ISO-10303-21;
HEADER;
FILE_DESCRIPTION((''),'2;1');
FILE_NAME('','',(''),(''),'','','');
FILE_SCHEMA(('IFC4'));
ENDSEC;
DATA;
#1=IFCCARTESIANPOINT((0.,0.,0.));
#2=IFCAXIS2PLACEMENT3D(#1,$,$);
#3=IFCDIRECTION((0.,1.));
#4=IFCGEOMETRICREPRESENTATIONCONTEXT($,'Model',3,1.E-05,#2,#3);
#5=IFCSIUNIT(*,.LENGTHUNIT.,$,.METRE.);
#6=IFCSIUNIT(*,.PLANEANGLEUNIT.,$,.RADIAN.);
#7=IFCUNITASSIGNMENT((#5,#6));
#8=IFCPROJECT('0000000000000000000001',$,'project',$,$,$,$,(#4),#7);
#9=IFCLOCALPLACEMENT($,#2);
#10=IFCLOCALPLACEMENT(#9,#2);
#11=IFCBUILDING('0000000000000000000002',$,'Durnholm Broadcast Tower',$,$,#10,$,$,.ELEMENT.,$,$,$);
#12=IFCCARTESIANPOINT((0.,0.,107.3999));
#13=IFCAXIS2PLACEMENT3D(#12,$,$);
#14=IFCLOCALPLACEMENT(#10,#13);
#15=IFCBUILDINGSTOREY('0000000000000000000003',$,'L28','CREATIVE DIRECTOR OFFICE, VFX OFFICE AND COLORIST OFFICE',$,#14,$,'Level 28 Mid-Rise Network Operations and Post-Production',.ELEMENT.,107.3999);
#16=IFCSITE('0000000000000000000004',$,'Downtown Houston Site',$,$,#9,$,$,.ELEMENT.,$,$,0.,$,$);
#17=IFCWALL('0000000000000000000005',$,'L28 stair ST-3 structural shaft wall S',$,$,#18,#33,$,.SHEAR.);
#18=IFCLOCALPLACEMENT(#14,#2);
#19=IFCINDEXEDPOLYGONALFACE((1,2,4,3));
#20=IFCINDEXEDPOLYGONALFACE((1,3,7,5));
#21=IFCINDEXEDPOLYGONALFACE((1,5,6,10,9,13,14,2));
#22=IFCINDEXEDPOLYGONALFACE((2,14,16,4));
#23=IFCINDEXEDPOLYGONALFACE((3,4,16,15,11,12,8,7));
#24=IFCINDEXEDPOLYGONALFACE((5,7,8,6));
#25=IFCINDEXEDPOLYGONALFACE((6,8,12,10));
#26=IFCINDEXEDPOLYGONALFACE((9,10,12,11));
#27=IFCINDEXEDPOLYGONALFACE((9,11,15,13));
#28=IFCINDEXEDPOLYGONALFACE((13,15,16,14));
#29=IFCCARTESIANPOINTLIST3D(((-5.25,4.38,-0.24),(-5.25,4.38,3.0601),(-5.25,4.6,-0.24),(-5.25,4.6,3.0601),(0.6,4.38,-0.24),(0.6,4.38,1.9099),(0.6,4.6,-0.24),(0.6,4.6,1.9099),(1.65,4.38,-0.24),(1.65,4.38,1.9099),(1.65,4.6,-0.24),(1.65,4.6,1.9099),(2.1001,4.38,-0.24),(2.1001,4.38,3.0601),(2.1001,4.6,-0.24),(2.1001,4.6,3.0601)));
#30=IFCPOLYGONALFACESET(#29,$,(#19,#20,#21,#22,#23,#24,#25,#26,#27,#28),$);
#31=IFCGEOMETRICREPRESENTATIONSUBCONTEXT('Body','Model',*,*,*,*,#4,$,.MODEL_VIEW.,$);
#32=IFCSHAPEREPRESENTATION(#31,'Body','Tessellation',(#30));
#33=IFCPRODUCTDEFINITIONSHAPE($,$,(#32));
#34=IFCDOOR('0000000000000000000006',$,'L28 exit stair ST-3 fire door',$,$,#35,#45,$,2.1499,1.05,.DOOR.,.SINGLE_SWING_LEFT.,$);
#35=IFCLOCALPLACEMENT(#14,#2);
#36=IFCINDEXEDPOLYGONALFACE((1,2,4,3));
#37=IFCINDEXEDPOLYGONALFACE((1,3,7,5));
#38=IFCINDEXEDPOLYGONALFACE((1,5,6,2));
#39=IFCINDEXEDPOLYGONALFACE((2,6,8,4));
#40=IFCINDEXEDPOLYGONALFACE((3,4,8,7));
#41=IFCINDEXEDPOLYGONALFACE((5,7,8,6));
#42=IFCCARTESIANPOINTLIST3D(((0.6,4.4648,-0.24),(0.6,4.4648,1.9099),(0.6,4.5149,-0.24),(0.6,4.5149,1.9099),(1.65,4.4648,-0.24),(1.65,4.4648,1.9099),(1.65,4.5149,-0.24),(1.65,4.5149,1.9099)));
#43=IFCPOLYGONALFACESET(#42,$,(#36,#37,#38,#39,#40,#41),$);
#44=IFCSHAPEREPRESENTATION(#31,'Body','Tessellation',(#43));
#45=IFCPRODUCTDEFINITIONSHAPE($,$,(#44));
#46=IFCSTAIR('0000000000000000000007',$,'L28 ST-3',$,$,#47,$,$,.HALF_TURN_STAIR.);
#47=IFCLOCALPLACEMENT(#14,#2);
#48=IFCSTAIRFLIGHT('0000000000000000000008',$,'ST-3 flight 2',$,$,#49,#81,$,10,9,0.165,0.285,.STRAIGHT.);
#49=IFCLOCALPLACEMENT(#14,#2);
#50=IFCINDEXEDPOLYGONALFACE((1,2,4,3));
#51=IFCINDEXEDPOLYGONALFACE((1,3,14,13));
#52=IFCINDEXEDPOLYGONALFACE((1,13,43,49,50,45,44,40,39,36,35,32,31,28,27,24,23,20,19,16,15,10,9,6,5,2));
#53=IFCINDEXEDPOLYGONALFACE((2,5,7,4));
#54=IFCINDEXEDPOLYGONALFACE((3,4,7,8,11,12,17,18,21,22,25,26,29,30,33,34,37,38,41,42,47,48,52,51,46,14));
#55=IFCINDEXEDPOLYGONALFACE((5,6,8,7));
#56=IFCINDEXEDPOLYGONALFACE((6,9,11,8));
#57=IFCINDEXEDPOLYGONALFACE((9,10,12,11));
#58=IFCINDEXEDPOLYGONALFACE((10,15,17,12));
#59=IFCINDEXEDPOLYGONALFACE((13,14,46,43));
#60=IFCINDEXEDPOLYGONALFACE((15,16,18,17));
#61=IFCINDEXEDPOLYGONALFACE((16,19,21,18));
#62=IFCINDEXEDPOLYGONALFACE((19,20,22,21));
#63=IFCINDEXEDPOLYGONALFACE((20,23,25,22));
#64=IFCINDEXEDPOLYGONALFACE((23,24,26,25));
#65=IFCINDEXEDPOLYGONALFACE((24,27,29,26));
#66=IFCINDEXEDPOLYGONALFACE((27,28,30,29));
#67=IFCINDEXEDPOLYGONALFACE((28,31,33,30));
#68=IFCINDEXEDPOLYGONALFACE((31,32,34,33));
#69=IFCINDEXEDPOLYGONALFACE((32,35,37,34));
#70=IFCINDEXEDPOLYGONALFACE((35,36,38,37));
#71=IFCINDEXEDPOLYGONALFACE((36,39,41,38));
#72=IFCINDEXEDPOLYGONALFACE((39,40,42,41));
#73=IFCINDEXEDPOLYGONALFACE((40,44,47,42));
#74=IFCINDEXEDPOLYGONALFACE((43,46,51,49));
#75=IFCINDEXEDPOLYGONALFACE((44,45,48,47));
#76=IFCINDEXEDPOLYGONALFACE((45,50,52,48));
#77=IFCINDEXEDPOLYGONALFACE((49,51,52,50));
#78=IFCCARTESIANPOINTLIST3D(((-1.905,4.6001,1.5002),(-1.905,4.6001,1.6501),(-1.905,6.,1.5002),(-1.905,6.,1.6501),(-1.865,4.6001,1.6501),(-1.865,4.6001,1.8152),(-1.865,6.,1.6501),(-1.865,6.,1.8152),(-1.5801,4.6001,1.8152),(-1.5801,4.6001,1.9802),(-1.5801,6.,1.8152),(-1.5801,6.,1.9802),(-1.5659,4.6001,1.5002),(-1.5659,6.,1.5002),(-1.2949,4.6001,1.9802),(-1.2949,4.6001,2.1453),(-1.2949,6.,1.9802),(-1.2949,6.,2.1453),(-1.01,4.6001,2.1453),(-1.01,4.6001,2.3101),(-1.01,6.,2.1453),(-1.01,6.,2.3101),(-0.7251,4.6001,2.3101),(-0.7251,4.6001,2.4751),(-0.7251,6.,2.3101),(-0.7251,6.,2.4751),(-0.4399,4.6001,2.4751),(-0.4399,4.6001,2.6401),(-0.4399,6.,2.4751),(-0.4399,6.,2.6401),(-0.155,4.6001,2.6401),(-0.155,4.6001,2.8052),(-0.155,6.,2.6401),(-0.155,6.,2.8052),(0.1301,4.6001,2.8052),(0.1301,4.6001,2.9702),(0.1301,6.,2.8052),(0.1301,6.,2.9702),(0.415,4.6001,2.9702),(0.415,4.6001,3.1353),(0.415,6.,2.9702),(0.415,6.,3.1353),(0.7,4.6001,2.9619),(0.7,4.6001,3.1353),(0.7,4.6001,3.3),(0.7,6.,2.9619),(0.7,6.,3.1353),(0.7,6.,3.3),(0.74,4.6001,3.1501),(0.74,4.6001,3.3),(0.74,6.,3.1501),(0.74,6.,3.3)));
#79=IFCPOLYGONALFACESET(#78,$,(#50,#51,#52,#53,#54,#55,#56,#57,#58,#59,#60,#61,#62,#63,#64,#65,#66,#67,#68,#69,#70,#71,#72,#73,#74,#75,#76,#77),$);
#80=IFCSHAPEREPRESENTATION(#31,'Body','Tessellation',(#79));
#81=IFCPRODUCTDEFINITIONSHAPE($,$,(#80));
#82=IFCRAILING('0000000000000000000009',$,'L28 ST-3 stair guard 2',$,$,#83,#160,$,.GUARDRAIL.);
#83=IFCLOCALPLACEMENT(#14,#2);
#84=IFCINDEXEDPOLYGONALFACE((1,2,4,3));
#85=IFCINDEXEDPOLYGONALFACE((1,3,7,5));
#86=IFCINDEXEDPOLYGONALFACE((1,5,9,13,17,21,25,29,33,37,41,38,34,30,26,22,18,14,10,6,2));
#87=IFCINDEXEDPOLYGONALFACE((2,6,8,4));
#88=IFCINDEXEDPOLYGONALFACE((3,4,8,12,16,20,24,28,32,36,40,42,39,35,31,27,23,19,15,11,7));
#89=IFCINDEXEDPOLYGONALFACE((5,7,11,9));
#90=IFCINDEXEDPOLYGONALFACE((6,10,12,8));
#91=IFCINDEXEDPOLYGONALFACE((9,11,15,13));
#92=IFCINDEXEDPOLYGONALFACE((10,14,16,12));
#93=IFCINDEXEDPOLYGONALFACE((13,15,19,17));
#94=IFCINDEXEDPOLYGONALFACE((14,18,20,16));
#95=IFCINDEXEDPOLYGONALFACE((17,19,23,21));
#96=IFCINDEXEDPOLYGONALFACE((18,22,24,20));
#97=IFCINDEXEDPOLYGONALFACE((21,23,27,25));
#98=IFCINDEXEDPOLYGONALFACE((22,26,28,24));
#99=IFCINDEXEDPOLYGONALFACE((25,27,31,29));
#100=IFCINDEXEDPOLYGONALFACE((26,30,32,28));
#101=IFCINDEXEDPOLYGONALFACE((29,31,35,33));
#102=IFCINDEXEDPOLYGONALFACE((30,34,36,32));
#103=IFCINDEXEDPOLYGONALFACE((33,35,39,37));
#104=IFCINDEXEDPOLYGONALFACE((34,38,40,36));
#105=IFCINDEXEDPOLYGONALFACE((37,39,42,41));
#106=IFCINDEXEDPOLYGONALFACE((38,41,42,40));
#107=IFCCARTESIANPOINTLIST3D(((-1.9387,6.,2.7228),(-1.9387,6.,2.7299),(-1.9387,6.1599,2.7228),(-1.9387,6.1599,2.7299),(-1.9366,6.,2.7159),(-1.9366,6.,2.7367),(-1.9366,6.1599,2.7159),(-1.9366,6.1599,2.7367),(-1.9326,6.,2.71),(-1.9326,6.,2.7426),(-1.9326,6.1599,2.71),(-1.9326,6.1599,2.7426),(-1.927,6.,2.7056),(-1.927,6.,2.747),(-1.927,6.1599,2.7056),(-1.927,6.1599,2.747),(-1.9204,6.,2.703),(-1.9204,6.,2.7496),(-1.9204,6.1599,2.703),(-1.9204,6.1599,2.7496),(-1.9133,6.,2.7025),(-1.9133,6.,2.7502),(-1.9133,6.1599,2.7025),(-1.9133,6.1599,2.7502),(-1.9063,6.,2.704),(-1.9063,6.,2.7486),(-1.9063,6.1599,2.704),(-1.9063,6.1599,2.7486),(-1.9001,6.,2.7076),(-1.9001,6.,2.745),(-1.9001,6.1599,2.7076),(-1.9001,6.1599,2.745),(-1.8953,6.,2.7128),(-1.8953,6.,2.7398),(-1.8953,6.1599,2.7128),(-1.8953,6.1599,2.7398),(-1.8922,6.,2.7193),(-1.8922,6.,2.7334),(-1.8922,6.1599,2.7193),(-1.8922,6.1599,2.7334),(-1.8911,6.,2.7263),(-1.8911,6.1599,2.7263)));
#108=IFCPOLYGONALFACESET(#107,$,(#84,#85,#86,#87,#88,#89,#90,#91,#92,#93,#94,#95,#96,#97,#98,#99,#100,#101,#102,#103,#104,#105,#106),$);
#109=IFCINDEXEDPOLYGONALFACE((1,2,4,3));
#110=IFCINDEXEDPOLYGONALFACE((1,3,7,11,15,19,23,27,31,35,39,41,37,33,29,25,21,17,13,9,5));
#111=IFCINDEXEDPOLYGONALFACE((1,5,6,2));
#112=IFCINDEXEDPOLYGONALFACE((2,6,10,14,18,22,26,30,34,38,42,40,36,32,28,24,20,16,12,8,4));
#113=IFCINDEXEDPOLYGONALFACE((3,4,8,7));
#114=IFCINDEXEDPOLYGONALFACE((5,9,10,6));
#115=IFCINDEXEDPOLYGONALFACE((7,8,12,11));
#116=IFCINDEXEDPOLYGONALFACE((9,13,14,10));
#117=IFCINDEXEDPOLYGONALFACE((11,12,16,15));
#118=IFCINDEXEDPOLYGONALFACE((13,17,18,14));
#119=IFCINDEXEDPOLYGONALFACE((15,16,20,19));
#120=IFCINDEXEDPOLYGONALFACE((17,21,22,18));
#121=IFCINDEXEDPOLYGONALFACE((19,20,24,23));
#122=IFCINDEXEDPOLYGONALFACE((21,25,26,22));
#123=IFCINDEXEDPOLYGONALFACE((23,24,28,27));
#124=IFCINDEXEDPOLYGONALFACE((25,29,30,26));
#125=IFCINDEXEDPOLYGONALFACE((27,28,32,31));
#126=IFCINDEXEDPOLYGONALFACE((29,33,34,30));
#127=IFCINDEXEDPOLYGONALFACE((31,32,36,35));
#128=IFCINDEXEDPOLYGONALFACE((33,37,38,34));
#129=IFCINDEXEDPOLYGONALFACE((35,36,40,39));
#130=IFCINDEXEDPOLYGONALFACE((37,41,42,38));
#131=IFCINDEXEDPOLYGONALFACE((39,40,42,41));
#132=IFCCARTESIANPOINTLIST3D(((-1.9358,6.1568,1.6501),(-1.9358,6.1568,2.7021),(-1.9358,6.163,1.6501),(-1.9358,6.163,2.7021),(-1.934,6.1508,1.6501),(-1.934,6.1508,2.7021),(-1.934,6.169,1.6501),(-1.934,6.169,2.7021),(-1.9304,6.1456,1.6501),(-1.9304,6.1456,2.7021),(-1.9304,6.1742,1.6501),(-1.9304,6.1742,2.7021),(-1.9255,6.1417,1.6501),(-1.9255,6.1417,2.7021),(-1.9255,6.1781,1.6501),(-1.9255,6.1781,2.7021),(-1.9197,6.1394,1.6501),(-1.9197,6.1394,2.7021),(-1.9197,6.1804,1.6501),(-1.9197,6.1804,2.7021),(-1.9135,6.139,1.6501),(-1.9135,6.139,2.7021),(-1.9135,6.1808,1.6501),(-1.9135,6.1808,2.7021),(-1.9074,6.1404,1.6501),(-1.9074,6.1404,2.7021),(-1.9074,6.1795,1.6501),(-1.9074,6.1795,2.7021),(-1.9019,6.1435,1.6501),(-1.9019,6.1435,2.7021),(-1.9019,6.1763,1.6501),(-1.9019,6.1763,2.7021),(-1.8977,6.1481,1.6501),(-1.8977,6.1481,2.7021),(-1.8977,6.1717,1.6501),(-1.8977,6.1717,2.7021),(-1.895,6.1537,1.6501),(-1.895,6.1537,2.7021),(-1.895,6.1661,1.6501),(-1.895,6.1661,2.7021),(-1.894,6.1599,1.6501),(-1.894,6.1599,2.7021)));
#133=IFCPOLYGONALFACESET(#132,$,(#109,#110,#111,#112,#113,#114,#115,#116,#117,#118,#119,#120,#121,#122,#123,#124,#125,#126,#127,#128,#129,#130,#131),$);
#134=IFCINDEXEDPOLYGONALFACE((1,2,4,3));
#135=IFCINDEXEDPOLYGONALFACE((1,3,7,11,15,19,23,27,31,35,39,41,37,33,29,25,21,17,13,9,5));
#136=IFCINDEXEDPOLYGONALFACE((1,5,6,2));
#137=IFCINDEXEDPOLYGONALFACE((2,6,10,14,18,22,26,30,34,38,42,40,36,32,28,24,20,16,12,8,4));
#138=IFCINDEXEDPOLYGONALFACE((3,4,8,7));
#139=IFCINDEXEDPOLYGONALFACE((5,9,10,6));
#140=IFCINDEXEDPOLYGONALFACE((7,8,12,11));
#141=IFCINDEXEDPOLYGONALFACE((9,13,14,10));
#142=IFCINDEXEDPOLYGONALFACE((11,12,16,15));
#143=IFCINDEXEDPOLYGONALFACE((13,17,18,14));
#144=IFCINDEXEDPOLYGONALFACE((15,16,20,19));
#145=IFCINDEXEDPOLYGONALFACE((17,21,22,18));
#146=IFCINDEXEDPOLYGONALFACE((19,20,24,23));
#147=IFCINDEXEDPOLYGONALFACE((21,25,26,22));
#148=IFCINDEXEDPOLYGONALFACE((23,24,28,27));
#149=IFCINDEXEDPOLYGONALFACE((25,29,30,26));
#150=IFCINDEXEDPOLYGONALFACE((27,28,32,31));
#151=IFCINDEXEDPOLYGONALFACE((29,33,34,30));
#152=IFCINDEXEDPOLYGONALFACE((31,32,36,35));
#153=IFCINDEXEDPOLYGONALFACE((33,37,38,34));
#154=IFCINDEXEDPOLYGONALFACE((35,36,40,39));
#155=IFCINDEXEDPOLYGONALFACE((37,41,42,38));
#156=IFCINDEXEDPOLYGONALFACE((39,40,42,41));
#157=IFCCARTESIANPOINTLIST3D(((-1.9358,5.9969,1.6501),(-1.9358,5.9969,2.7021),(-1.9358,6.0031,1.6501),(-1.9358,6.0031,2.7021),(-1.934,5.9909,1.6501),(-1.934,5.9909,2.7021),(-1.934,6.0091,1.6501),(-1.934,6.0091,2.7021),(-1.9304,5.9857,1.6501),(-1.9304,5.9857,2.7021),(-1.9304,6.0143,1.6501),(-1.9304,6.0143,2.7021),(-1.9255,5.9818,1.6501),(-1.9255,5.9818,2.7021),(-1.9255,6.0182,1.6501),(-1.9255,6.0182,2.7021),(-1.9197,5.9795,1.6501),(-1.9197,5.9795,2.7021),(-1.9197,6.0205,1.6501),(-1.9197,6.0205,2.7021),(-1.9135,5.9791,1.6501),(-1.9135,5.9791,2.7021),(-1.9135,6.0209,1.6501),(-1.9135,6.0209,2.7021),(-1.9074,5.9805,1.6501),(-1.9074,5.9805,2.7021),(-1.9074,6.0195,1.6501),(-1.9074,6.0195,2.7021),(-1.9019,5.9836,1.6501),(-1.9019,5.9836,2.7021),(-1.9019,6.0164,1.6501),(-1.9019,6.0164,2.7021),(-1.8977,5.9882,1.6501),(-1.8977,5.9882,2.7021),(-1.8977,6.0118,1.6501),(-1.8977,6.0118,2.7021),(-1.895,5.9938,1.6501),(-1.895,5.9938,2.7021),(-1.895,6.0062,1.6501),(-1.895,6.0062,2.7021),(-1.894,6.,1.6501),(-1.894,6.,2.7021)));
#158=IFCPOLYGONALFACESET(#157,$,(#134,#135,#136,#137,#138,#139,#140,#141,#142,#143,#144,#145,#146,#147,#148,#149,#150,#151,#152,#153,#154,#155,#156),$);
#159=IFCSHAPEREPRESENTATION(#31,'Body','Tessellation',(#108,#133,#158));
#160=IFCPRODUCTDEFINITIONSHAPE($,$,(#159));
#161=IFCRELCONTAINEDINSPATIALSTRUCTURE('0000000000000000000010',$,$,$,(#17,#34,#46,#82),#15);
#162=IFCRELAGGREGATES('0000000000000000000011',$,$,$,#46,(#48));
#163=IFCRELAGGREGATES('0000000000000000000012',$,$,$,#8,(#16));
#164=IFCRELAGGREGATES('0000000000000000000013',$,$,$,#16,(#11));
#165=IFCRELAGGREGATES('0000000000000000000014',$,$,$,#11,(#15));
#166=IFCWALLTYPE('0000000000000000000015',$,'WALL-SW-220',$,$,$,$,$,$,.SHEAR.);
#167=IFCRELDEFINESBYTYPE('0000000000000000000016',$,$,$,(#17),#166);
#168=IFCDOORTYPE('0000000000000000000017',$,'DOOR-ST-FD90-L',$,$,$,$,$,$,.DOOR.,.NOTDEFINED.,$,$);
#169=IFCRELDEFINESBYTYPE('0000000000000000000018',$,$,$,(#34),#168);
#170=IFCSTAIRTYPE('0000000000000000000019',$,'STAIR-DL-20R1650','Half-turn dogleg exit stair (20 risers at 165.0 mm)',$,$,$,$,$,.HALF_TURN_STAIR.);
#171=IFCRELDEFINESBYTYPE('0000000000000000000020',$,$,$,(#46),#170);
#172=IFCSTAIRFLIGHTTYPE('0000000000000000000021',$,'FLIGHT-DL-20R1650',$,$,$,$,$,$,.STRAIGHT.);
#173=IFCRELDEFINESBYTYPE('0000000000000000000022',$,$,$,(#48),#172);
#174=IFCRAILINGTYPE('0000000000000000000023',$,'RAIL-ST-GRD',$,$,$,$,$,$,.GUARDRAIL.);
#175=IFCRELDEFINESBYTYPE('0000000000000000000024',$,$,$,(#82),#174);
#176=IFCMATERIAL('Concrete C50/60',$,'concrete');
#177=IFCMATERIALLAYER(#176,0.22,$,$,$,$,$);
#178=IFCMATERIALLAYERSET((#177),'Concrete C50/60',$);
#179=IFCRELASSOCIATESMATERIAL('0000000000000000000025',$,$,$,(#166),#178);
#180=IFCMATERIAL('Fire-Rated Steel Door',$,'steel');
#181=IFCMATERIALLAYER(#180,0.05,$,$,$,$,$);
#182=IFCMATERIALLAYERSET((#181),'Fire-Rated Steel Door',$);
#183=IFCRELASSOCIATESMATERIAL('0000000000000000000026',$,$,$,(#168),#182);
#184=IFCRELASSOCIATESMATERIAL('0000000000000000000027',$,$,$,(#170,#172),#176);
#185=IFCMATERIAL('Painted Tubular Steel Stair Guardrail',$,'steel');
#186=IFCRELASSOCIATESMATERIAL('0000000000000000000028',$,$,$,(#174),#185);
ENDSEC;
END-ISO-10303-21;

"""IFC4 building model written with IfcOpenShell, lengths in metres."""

from ifc_helpers import new_model, si_unit, direction, frame, frame_2d, origin, origin_2d, place, context, subcontext, project, spatial, polyline, rectangle, circle, outline, extrude, source, transform, mapped, material, layer, layer_set, type_object, type_shapes, element, fill, aggregate, save


model = new_model("IFC4")

# Units and contexts
model_context = context("Model", 3, precision=1e-05, world=origin(), true_north=direction((0.0, 1.0)))
body_context = subcontext(model_context, "Body", "Model", "MODEL_VIEW")
ifc_project = project(units=[si_unit("LENGTHUNIT", "METRE"), si_unit("PLANEANGLEUNIT", "RADIAN")], contexts=[model_context])

# Site, building, storey
site_placement = place(None, origin())
site = spatial("IfcSite", under=ifc_project, at=site_placement, Name="Downtown Houston Site", CompositionType="ELEMENT", RefElevation=0.0)
building_placement = place(site_placement, origin())
building = spatial("IfcBuilding", under=site, at=building_placement, Name="Durnholm Broadcast Tower", CompositionType="ELEMENT")
storey_placement = place(building_placement, frame((0.0, 0.0, 107.3999)))
storey = spatial("IfcBuildingStorey", under=building, at=storey_placement, Name="L28", Description="CREATIVE DIRECTOR OFFICE, VFX OFFICE AND COLORIST OFFICE", LongName="Level 28 Mid-Rise Network Operations and Post-Production", CompositionType="ELEMENT", Elevation=107.3999)

# Shared definitions
ifc_material_1 = material(Name="Concrete C50/60", Category="concrete")
ifc_layer_1 = layer(ifc_material_1, 0.22)
ifc_layer_set_1 = layer_set([ifc_layer_1], Name="Concrete C50/60")
wall_type_1 = type_object("IfcWallType", Name="WALL-SW-220", PredefinedType="SHEAR", material=ifc_layer_set_1)

# Wall, opening, door
wall_1_placement = place(storey_placement, frame((-5.25, 4.49, -0.24), z_axis=(0.0, 0.0, 1.0), x_axis=(1.0, 0.0, 0.0)))
wall_1 = element("IfcWall", 1, at=wall_1_placement, inside=storey, type_object=wall_type_1, Name="L28 stair ST-3 structural shaft wall S", PredefinedType="SHEAR", context=body_context, shape_type="SweptSolid", body=[
    extrude(rectangle(XDim=7.3501, YDim=0.22, at=frame_2d((3.675, 0.0))), origin(), (0.0, 0.0, 1.0), 3.3),
])
opening_1_placement = place(wall_1_placement, frame((5.8501, 0.0, 0.0)))
opening_1 = element("IfcOpeningElement", 2, at=opening_1_placement, cuts=wall_1, PredefinedType="OPENING", context=body_context, shape_type="SweptSolid", body=[
    extrude(rectangle(XDim=1.05, YDim=2.1499, at=frame_2d((0.5249, 1.075))), frame((0.0, 0.1201, 0.0), z_axis=(0.0, -1.0, 0.0), x_axis=(1.0, 0.0, 0.0)), (0.0, 0.0, 1.0), 0.24),
])
ifc_material_2 = material(Name="Fire-Rated Steel Door", Category="steel")
ifc_layer_2 = layer(ifc_material_2, 0.05)
ifc_layer_set_2 = layer_set([ifc_layer_2], Name="Fire-Rated Steel Door")
door_type_1 = type_object("IfcDoorType", Name="DOOR-ST-FD90-L", OperationType="NOTDEFINED", PredefinedType="DOOR", material=ifc_layer_set_2)
shared_shape_1 = source(origin(), body_context, "Body", "SweptSolid", [
    extrude(rectangle(XDim=1.05, YDim=2.1499, at=frame_2d((0.5249, 1.075))), frame((0.0, 0.0249, 0.0), z_axis=(0.0, -1.0, 0.0), x_axis=(1.0, 0.0, 0.0)), (0.0, 0.0, 1.0), 0.05),
])
type_shapes(door_type_1, [shared_shape_1])
door_1_placement = place(opening_1_placement, origin())
door_1 = element("IfcDoor", 3, at=door_1_placement, inside=storey, type_object=door_type_1, Name="L28 exit stair ST-3 fire door", OperationType="SINGLE_SWING_LEFT", OverallHeight=2.1499, OverallWidth=1.05, PredefinedType="DOOR", context=body_context, shape_type="MappedRepresentation", body=[
    mapped(shared_shape_1, transform((0.0, 0.0, 0.0), x_axis=(1.0, 0.0, 0.0), y_axis=(0.0, 1.0, 0.0), z_axis=(0.0, 0.0, 1.0), scale=1.0)),
])
fill(opening_1, door_1)

# Stair, stair flight
stair_type = type_object("IfcStairType", Name="STAIR-DL-20R1650", Description="Half-turn dogleg exit stair (20 risers at 165.0 mm)", PredefinedType="HALF_TURN_STAIR", material=ifc_material_1)
stair_placement = place(storey_placement, origin())
stair = element("IfcStair", 4, at=stair_placement, inside=storey, type_object=stair_type, Name="L28 ST-3", PredefinedType="HALF_TURN_STAIR")
stair_flight_type = type_object("IfcStairFlightType", Name="FLIGHT-DL-20R1650", PredefinedType="STRAIGHT", material=ifc_material_1)
stair_flight_placement = place(storey_placement, frame((-1.865, 5.3, 1.6501), z_axis=(0.0, 0.0, 1.0), x_axis=(1.0, 0.0, 0.0)))
stair_flight = element("IfcStairFlight", 5, at=stair_flight_placement, type_object=stair_flight_type, Name="ST-3 flight 2", NumberOfRisers=10, NumberOfTreads=9, PredefinedType="STRAIGHT", RiserHeight=0.165, TreadLength=0.285, context=body_context, shape_type="SweptSolid", body=[
    extrude(outline(polyline([(-0.04, -0.1499), (-0.04, 0.0), (0.0, 0.0), (0.0, 0.165), (0.2849, 0.165), (0.2849, 0.3301), (0.5701, 0.3301), (0.5701, 0.4951), (0.855, 0.4951), (0.855, 0.6599), (1.1399, 0.6599), (1.1399, 0.825), (1.425, 0.825), (1.425, 0.99), (1.71, 0.99), (1.71, 1.155), (1.9951, 1.155), (1.9951, 1.3201), (2.28, 1.3201), (2.28, 1.4851), (2.5649, 1.4851), (2.5649, 1.6499), (2.605, 1.6499), (2.605, 1.5), (2.5649, 1.3118), (0.2991, -0.1499), (-0.04, -0.1499)])), frame((0.0, 0.7, 0.0), z_axis=(0.0, -1.0, 0.0), x_axis=(1.0, 0.0, 0.0)), (0.0, 0.0, 1.0), 1.3999),
])
aggregate(stair, [stair_flight])

# Railing
ifc_material_3 = material(Name="Painted Tubular Steel Stair Guardrail", Category="steel")
railing_type_1 = type_object("IfcRailingType", Name="RAIL-ST-GRD", PredefinedType="GUARDRAIL", material=ifc_material_3)
railing_1_placement = place(storey_placement, frame((-1.915, 6.1599, 1.6501)))
element("IfcRailing", 6, at=railing_1_placement, inside=storey, type_object=railing_type_1, Name="L28 ST-3 stair guard 2", PredefinedType="GUARDRAIL", context=body_context, shape_type="SweptSolid", body=[
    extrude(circle(Radius=0.0239, at=origin_2d()), frame((0.0, 0.0, 1.0762), z_axis=(0.0, -1.0, 0.0), x_axis=(1.0, 0.0, 0.0)), (0.0, 0.0, 1.0), 0.1599),
    extrude(circle(Radius=0.021, at=origin_2d()), origin(), (0.0, 0.0, 1.0), 1.052),
    extrude(circle(Radius=0.021, at=origin_2d()), frame((0.0, -0.1599, 0.0)), (0.0, 0.0, 1.0), 1.052),
])

save(model, "model.ifc")
